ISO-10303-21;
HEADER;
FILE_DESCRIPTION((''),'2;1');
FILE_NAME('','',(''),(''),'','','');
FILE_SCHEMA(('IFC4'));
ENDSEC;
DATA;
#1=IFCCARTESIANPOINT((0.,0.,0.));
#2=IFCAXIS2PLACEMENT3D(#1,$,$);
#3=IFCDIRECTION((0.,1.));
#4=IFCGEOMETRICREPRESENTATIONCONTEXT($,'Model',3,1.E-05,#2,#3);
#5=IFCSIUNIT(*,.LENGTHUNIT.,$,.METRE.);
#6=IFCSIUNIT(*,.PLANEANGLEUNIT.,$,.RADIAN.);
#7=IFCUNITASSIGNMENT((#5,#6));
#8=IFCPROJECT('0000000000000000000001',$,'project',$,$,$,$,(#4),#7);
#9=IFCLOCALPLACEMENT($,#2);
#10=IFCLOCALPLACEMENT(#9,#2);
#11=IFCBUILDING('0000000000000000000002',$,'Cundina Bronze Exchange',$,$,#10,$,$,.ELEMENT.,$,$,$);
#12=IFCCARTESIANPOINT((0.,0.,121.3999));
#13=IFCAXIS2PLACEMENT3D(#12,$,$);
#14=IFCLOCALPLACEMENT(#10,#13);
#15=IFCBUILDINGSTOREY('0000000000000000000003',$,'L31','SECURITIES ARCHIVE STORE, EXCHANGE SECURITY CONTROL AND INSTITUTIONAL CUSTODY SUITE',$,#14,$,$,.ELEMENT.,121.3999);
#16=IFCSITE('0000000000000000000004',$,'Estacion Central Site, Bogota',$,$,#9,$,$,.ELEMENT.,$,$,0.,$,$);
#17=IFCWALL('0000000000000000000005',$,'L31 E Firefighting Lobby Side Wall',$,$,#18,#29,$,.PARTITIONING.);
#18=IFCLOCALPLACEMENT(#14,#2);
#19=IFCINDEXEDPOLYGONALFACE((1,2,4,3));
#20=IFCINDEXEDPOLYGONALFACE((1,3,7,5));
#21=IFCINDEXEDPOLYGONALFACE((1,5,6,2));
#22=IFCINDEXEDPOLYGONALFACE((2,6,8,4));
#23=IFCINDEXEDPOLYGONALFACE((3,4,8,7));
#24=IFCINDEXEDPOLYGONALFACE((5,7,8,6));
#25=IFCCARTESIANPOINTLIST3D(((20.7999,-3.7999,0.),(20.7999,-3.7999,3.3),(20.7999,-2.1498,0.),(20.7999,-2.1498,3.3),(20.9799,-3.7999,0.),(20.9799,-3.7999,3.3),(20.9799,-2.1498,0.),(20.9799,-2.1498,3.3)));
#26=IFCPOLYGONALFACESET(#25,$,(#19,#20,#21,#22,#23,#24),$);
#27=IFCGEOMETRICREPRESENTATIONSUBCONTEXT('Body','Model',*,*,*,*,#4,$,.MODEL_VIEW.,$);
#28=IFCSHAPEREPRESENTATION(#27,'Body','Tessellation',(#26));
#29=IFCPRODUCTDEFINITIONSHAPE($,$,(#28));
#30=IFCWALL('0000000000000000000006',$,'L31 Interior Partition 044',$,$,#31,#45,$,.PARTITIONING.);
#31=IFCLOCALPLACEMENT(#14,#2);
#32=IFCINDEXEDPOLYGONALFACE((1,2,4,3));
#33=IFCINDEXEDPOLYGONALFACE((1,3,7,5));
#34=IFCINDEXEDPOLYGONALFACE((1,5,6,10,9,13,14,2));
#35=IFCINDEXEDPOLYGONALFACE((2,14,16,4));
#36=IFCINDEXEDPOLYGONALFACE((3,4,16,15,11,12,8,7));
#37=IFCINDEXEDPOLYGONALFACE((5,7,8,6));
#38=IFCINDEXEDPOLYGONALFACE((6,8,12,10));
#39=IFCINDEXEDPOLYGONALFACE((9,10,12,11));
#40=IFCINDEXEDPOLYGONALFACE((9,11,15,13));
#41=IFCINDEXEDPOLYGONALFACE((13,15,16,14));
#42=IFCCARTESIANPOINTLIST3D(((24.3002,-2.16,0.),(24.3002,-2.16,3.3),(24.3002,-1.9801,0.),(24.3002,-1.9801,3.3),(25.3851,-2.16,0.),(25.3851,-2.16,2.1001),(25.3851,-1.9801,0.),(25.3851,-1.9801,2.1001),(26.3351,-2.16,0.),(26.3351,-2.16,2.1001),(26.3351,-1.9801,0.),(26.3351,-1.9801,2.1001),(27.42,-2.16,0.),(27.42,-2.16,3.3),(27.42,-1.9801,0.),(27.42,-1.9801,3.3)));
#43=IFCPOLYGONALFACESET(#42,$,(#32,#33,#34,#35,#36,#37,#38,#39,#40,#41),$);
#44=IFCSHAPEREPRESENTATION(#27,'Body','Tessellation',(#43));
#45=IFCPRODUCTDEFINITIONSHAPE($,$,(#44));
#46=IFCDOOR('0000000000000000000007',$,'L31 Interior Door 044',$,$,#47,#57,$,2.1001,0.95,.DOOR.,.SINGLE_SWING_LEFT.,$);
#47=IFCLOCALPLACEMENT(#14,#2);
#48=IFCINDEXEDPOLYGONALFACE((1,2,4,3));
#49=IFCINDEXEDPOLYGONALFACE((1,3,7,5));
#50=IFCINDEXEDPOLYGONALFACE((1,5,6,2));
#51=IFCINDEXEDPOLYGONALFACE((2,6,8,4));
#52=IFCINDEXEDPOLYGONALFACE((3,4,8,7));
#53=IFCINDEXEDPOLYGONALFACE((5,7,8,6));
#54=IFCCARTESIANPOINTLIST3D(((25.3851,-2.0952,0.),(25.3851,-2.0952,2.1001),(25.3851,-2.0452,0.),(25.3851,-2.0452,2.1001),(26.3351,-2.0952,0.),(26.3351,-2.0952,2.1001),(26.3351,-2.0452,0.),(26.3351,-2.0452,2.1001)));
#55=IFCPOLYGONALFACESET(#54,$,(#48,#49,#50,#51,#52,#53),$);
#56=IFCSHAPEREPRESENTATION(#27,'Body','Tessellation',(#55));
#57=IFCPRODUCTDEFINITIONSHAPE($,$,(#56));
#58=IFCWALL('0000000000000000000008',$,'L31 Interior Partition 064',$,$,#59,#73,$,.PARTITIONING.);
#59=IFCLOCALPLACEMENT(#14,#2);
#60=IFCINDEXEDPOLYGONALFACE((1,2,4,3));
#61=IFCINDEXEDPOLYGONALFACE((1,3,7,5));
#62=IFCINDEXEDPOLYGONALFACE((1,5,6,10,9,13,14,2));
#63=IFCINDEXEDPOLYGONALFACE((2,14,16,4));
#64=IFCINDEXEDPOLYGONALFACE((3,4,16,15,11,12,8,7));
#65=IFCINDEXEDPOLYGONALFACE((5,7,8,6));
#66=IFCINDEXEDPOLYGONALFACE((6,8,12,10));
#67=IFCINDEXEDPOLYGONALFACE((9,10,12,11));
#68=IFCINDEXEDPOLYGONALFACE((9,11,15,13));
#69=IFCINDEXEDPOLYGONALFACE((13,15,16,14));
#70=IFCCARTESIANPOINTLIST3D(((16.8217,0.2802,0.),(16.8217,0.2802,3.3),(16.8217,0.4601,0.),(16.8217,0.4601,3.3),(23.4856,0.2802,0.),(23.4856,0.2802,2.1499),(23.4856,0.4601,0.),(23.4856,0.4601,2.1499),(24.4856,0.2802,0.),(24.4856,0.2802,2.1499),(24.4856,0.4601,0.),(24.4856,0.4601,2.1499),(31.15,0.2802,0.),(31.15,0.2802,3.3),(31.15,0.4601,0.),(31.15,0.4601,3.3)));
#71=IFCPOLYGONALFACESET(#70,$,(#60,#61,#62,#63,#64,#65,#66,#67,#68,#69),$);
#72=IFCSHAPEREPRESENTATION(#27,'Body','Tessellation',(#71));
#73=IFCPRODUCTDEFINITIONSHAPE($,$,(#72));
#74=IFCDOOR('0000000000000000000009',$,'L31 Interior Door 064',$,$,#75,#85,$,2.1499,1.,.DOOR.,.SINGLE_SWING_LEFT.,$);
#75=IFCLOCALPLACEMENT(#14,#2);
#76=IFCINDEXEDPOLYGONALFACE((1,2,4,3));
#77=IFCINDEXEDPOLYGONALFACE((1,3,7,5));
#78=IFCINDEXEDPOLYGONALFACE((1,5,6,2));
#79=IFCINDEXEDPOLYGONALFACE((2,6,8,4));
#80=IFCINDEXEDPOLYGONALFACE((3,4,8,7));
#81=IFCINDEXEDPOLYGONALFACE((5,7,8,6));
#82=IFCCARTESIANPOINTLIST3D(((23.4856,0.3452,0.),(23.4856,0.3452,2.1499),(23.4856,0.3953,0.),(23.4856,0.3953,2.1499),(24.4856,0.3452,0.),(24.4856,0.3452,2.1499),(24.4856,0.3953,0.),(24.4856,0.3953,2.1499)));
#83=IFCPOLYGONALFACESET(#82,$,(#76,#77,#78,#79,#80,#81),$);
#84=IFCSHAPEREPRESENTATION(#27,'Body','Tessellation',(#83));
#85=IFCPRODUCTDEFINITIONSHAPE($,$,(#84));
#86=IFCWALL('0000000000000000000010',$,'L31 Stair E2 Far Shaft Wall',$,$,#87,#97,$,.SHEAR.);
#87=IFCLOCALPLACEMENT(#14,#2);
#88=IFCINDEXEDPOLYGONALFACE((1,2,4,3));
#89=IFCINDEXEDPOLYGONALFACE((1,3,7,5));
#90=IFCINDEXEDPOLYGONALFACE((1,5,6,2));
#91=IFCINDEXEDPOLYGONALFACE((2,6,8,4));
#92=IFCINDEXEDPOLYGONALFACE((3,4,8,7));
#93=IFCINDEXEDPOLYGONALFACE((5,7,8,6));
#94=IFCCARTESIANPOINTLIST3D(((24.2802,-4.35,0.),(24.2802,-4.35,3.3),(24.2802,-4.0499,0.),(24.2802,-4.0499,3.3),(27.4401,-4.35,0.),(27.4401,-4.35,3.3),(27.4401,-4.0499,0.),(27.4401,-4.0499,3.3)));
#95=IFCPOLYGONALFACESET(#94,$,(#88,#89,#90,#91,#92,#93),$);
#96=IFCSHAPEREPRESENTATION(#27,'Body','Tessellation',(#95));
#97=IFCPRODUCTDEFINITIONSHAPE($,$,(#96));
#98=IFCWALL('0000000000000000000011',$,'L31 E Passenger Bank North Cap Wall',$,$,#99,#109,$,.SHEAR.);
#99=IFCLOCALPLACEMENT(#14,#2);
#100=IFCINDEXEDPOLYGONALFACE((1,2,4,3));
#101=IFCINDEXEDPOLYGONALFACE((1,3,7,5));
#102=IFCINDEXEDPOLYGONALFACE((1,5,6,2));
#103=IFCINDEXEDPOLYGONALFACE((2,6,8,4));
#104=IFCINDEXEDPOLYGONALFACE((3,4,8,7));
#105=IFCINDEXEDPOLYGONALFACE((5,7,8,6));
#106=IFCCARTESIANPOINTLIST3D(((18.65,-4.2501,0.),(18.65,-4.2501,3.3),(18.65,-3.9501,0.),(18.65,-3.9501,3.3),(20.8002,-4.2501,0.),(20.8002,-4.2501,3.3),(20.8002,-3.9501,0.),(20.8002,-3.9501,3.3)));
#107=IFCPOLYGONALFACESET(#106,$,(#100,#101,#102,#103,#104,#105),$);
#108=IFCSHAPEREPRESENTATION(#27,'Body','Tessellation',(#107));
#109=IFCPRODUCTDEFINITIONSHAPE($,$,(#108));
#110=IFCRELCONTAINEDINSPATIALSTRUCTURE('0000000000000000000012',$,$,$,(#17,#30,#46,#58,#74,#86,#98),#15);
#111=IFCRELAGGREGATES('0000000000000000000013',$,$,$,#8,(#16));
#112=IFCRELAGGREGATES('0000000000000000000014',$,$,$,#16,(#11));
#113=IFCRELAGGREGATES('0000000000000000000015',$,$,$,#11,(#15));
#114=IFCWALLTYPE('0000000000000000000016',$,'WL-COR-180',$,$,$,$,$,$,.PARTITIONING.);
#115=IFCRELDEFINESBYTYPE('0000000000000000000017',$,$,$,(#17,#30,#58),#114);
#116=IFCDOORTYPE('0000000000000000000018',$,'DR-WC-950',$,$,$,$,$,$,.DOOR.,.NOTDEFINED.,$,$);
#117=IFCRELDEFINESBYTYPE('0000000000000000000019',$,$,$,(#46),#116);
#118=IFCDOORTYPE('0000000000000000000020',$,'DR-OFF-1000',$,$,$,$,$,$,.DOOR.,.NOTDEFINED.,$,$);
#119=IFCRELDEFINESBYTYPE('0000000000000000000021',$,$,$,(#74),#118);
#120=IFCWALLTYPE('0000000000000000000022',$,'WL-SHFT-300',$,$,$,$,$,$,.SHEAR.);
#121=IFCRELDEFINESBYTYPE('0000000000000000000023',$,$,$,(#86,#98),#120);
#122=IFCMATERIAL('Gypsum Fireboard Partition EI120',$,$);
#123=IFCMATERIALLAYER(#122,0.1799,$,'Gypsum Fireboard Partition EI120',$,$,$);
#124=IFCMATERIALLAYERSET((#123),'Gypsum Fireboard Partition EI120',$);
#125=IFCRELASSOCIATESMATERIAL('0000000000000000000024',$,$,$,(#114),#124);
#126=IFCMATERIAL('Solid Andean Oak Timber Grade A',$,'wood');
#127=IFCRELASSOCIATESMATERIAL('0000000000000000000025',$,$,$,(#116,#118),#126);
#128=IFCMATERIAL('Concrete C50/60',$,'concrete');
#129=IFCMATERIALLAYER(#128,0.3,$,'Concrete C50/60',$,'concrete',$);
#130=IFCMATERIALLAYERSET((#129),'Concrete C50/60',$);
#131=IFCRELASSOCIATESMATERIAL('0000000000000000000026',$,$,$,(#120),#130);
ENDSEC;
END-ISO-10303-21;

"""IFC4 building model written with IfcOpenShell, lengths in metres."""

from ifc_helpers import new_model, si_unit, direction, frame, frame_2d, origin, place, context, subcontext, project, spatial, rectangle, extrude, material, layer, layer_set, type_object, element, fill, save


model = new_model("IFC4")

# Units and contexts
model_context = context("Model", 3, precision=1e-05, world=origin(), true_north=direction((0.0, 1.0)))
body_context = subcontext(model_context, "Body", "Model", "MODEL_VIEW")
ifc_project = project(units=[si_unit("LENGTHUNIT", "METRE"), si_unit("PLANEANGLEUNIT", "RADIAN")], contexts=[model_context])

# Site, building, storey
site_placement = place(None, origin())
site = spatial("IfcSite", under=ifc_project, at=site_placement, Name="Estacion Central Site, Bogota", CompositionType="ELEMENT", RefElevation=0.0)
building_placement = place(site_placement, origin())
building = spatial("IfcBuilding", under=site, at=building_placement, Name="Cundina Bronze Exchange", CompositionType="ELEMENT")
storey_placement = place(building_placement, frame((0.0, 0.0, 121.3999)))
storey = spatial("IfcBuildingStorey", under=building, at=storey_placement, Name="L31", Description="SECURITIES ARCHIVE STORE, EXCHANGE SECURITY CONTROL AND INSTITUTIONAL CUSTODY SUITE", CompositionType="ELEMENT", Elevation=121.3999)

# Wall
ifc_material_1 = material(Name="Gypsum Fireboard Partition EI120")
ifc_layer_1 = layer(ifc_material_1, 0.1799, Name="Gypsum Fireboard Partition EI120")
ifc_layer_set_1 = layer_set([ifc_layer_1], Name="Gypsum Fireboard Partition EI120")
wall_type_1 = type_object("IfcWallType", Name="WL-COR-180", PredefinedType="PARTITIONING", material=ifc_layer_set_1)
wall_1_placement = place(storey_placement, frame((20.8899, -3.8, 0.0), z_axis=(0.0, 0.0, 1.0), x_axis=(0.0, 1.0, 0.0)))
element("IfcWall", 1, at=wall_1_placement, inside=storey, type_object=wall_type_1, Name="L31 E Firefighting Lobby Side Wall", PredefinedType="PARTITIONING", context=body_context, shape_type="SweptSolid", body=[
    extrude(rectangle(XDim=1.6501, YDim=0.1799, at=frame_2d((0.8252, 0.0))), origin(), (0.0, 0.0, 1.0), 3.3),
])

# Walls, openings, doors
wall_2_placement = place(storey_placement, frame((24.3, -2.0701, 0.0), z_axis=(0.0, 0.0, 1.0), x_axis=(1.0, 0.0, 0.0)))
wall_2 = element("IfcWall", 2, at=wall_2_placement, inside=storey, type_object=wall_type_1, Name="L31 Interior Partition 044", PredefinedType="PARTITIONING", context=body_context, shape_type="SweptSolid", body=[
    extrude(rectangle(XDim=3.1199, YDim=0.1799, at=frame_2d((1.5601, 0.0))), origin(), (0.0, 0.0, 1.0), 3.3),
])
opening_1_placement = place(wall_2_placement, frame((1.085, 0.0, 0.0)))
opening_1 = element("IfcOpeningElement", 3, at=opening_1_placement, cuts=wall_2, PredefinedType="OPENING", context=body_context, shape_type="SweptSolid", body=[
    extrude(rectangle(XDim=0.95, YDim=2.1001, at=frame_2d((0.4751, 1.05))), frame((0.0, 0.0999, 0.0), z_axis=(0.0, -1.0, 0.0), x_axis=(1.0, 0.0, 0.0)), (0.0, 0.0, 1.0), 0.2),
])
ifc_material_2 = material(Name="Solid Andean Oak Timber Grade A", Category="wood")
door_type_1 = type_object("IfcDoorType", Name="DR-WC-950", OperationType="NOTDEFINED", PredefinedType="DOOR", material=ifc_material_2)
door_1_placement = place(opening_1_placement, origin())
door_1 = element("IfcDoor", 4, at=door_1_placement, inside=storey, type_object=door_type_1, Name="L31 Interior Door 044", OperationType="SINGLE_SWING_LEFT", OverallHeight=2.1001, OverallWidth=0.95, PredefinedType="DOOR", context=body_context, shape_type="SweptSolid", body=[
    extrude(rectangle(XDim=0.95, YDim=2.1001, at=frame_2d((0.4751, 1.05))), frame((0.0, 0.0249, 0.0), z_axis=(0.0, -1.0, 0.0), x_axis=(1.0, 0.0, 0.0)), (0.0, 0.0, 1.0), 0.05),
])
fill(opening_1, door_1)
wall_3_placement = place(storey_placement, frame((31.1499, 0.3701, 0.0), z_axis=(0.0, 0.0, 1.0), x_axis=(-1.0, 0.0, 0.0)))
wall_3 = element("IfcWall", 5, at=wall_3_placement, inside=storey, type_object=wall_type_1, Name="L31 Interior Partition 064", PredefinedType="PARTITIONING", context=body_context, shape_type="SweptSolid", body=[
    extrude(rectangle(XDim=14.3284, YDim=0.1799, at=frame_2d((7.1641, 0.0))), origin(), (0.0, 0.0, 1.0), 3.3),
])
opening_2_placement = place(wall_3_placement, frame((6.6643, 0.0, 0.0)))
opening_2 = element("IfcOpeningElement", 6, at=opening_2_placement, cuts=wall_3, PredefinedType="OPENING", context=body_context, shape_type="SweptSolid", body=[
    extrude(rectangle(XDim=1.0, YDim=2.1499, at=frame_2d((0.5, 1.075))), frame((0.0, 0.0999, 0.0), z_axis=(0.0, -1.0, 0.0), x_axis=(1.0, 0.0, 0.0)), (0.0, 0.0, 1.0), 0.2),
])
door_type_2 = type_object("IfcDoorType", Name="DR-OFF-1000", OperationType="NOTDEFINED", PredefinedType="DOOR", material=ifc_material_2)
door_2_placement = place(opening_2_placement, origin())
door_2 = element("IfcDoor", 7, at=door_2_placement, inside=storey, type_object=door_type_2, Name="L31 Interior Door 064", OperationType="SINGLE_SWING_LEFT", OverallHeight=2.1499, OverallWidth=1.0, PredefinedType="DOOR", context=body_context, shape_type="SweptSolid", body=[
    extrude(rectangle(XDim=1.0, YDim=2.1499, at=frame_2d((0.5, 1.075))), frame((0.0, 0.0249, 0.0), z_axis=(0.0, -1.0, 0.0), x_axis=(1.0, 0.0, 0.0)), (0.0, 0.0, 1.0), 0.05),
])
fill(opening_2, door_2)
ifc_material_3 = material(Name="Concrete C50/60", Category="concrete")
ifc_layer_2 = layer(ifc_material_3, 0.3, Name="Concrete C50/60", Category="concrete")
ifc_layer_set_2 = layer_set([ifc_layer_2], Name="Concrete C50/60")
wall_type_2 = type_object("IfcWallType", Name="WL-SHFT-300", PredefinedType="SHEAR", material=ifc_layer_set_2)

# Walls
wall_4_placement = place(storey_placement, frame((24.28, -4.2, 0.0), z_axis=(0.0, 0.0, 1.0), x_axis=(1.0, 0.0, 0.0)))
element("IfcWall", 8, at=wall_4_placement, inside=storey, type_object=wall_type_2, Name="L31 Stair E2 Far Shaft Wall", PredefinedType="SHEAR", context=body_context, shape_type="SweptSolid", body=[
    extrude(rectangle(XDim=3.1599, YDim=0.3, at=frame_2d((1.5801, 0.0))), origin(), (0.0, 0.0, 1.0), 3.3),
])
wall_5_placement = place(storey_placement, frame((18.6499, -4.1001, 0.0), z_axis=(0.0, 0.0, 1.0), x_axis=(1.0, 0.0, 0.0)))
element("IfcWall", 9, at=wall_5_placement, inside=storey, type_object=wall_type_2, Name="L31 E Passenger Bank North Cap Wall", PredefinedType="SHEAR", context=body_context, shape_type="SweptSolid", body=[
    extrude(rectangle(XDim=2.1501, YDim=0.3, at=frame_2d((1.0752, 0.0))), origin(), (0.0, 0.0, 1.0), 3.3),
])

save(model, "model.ifc")
